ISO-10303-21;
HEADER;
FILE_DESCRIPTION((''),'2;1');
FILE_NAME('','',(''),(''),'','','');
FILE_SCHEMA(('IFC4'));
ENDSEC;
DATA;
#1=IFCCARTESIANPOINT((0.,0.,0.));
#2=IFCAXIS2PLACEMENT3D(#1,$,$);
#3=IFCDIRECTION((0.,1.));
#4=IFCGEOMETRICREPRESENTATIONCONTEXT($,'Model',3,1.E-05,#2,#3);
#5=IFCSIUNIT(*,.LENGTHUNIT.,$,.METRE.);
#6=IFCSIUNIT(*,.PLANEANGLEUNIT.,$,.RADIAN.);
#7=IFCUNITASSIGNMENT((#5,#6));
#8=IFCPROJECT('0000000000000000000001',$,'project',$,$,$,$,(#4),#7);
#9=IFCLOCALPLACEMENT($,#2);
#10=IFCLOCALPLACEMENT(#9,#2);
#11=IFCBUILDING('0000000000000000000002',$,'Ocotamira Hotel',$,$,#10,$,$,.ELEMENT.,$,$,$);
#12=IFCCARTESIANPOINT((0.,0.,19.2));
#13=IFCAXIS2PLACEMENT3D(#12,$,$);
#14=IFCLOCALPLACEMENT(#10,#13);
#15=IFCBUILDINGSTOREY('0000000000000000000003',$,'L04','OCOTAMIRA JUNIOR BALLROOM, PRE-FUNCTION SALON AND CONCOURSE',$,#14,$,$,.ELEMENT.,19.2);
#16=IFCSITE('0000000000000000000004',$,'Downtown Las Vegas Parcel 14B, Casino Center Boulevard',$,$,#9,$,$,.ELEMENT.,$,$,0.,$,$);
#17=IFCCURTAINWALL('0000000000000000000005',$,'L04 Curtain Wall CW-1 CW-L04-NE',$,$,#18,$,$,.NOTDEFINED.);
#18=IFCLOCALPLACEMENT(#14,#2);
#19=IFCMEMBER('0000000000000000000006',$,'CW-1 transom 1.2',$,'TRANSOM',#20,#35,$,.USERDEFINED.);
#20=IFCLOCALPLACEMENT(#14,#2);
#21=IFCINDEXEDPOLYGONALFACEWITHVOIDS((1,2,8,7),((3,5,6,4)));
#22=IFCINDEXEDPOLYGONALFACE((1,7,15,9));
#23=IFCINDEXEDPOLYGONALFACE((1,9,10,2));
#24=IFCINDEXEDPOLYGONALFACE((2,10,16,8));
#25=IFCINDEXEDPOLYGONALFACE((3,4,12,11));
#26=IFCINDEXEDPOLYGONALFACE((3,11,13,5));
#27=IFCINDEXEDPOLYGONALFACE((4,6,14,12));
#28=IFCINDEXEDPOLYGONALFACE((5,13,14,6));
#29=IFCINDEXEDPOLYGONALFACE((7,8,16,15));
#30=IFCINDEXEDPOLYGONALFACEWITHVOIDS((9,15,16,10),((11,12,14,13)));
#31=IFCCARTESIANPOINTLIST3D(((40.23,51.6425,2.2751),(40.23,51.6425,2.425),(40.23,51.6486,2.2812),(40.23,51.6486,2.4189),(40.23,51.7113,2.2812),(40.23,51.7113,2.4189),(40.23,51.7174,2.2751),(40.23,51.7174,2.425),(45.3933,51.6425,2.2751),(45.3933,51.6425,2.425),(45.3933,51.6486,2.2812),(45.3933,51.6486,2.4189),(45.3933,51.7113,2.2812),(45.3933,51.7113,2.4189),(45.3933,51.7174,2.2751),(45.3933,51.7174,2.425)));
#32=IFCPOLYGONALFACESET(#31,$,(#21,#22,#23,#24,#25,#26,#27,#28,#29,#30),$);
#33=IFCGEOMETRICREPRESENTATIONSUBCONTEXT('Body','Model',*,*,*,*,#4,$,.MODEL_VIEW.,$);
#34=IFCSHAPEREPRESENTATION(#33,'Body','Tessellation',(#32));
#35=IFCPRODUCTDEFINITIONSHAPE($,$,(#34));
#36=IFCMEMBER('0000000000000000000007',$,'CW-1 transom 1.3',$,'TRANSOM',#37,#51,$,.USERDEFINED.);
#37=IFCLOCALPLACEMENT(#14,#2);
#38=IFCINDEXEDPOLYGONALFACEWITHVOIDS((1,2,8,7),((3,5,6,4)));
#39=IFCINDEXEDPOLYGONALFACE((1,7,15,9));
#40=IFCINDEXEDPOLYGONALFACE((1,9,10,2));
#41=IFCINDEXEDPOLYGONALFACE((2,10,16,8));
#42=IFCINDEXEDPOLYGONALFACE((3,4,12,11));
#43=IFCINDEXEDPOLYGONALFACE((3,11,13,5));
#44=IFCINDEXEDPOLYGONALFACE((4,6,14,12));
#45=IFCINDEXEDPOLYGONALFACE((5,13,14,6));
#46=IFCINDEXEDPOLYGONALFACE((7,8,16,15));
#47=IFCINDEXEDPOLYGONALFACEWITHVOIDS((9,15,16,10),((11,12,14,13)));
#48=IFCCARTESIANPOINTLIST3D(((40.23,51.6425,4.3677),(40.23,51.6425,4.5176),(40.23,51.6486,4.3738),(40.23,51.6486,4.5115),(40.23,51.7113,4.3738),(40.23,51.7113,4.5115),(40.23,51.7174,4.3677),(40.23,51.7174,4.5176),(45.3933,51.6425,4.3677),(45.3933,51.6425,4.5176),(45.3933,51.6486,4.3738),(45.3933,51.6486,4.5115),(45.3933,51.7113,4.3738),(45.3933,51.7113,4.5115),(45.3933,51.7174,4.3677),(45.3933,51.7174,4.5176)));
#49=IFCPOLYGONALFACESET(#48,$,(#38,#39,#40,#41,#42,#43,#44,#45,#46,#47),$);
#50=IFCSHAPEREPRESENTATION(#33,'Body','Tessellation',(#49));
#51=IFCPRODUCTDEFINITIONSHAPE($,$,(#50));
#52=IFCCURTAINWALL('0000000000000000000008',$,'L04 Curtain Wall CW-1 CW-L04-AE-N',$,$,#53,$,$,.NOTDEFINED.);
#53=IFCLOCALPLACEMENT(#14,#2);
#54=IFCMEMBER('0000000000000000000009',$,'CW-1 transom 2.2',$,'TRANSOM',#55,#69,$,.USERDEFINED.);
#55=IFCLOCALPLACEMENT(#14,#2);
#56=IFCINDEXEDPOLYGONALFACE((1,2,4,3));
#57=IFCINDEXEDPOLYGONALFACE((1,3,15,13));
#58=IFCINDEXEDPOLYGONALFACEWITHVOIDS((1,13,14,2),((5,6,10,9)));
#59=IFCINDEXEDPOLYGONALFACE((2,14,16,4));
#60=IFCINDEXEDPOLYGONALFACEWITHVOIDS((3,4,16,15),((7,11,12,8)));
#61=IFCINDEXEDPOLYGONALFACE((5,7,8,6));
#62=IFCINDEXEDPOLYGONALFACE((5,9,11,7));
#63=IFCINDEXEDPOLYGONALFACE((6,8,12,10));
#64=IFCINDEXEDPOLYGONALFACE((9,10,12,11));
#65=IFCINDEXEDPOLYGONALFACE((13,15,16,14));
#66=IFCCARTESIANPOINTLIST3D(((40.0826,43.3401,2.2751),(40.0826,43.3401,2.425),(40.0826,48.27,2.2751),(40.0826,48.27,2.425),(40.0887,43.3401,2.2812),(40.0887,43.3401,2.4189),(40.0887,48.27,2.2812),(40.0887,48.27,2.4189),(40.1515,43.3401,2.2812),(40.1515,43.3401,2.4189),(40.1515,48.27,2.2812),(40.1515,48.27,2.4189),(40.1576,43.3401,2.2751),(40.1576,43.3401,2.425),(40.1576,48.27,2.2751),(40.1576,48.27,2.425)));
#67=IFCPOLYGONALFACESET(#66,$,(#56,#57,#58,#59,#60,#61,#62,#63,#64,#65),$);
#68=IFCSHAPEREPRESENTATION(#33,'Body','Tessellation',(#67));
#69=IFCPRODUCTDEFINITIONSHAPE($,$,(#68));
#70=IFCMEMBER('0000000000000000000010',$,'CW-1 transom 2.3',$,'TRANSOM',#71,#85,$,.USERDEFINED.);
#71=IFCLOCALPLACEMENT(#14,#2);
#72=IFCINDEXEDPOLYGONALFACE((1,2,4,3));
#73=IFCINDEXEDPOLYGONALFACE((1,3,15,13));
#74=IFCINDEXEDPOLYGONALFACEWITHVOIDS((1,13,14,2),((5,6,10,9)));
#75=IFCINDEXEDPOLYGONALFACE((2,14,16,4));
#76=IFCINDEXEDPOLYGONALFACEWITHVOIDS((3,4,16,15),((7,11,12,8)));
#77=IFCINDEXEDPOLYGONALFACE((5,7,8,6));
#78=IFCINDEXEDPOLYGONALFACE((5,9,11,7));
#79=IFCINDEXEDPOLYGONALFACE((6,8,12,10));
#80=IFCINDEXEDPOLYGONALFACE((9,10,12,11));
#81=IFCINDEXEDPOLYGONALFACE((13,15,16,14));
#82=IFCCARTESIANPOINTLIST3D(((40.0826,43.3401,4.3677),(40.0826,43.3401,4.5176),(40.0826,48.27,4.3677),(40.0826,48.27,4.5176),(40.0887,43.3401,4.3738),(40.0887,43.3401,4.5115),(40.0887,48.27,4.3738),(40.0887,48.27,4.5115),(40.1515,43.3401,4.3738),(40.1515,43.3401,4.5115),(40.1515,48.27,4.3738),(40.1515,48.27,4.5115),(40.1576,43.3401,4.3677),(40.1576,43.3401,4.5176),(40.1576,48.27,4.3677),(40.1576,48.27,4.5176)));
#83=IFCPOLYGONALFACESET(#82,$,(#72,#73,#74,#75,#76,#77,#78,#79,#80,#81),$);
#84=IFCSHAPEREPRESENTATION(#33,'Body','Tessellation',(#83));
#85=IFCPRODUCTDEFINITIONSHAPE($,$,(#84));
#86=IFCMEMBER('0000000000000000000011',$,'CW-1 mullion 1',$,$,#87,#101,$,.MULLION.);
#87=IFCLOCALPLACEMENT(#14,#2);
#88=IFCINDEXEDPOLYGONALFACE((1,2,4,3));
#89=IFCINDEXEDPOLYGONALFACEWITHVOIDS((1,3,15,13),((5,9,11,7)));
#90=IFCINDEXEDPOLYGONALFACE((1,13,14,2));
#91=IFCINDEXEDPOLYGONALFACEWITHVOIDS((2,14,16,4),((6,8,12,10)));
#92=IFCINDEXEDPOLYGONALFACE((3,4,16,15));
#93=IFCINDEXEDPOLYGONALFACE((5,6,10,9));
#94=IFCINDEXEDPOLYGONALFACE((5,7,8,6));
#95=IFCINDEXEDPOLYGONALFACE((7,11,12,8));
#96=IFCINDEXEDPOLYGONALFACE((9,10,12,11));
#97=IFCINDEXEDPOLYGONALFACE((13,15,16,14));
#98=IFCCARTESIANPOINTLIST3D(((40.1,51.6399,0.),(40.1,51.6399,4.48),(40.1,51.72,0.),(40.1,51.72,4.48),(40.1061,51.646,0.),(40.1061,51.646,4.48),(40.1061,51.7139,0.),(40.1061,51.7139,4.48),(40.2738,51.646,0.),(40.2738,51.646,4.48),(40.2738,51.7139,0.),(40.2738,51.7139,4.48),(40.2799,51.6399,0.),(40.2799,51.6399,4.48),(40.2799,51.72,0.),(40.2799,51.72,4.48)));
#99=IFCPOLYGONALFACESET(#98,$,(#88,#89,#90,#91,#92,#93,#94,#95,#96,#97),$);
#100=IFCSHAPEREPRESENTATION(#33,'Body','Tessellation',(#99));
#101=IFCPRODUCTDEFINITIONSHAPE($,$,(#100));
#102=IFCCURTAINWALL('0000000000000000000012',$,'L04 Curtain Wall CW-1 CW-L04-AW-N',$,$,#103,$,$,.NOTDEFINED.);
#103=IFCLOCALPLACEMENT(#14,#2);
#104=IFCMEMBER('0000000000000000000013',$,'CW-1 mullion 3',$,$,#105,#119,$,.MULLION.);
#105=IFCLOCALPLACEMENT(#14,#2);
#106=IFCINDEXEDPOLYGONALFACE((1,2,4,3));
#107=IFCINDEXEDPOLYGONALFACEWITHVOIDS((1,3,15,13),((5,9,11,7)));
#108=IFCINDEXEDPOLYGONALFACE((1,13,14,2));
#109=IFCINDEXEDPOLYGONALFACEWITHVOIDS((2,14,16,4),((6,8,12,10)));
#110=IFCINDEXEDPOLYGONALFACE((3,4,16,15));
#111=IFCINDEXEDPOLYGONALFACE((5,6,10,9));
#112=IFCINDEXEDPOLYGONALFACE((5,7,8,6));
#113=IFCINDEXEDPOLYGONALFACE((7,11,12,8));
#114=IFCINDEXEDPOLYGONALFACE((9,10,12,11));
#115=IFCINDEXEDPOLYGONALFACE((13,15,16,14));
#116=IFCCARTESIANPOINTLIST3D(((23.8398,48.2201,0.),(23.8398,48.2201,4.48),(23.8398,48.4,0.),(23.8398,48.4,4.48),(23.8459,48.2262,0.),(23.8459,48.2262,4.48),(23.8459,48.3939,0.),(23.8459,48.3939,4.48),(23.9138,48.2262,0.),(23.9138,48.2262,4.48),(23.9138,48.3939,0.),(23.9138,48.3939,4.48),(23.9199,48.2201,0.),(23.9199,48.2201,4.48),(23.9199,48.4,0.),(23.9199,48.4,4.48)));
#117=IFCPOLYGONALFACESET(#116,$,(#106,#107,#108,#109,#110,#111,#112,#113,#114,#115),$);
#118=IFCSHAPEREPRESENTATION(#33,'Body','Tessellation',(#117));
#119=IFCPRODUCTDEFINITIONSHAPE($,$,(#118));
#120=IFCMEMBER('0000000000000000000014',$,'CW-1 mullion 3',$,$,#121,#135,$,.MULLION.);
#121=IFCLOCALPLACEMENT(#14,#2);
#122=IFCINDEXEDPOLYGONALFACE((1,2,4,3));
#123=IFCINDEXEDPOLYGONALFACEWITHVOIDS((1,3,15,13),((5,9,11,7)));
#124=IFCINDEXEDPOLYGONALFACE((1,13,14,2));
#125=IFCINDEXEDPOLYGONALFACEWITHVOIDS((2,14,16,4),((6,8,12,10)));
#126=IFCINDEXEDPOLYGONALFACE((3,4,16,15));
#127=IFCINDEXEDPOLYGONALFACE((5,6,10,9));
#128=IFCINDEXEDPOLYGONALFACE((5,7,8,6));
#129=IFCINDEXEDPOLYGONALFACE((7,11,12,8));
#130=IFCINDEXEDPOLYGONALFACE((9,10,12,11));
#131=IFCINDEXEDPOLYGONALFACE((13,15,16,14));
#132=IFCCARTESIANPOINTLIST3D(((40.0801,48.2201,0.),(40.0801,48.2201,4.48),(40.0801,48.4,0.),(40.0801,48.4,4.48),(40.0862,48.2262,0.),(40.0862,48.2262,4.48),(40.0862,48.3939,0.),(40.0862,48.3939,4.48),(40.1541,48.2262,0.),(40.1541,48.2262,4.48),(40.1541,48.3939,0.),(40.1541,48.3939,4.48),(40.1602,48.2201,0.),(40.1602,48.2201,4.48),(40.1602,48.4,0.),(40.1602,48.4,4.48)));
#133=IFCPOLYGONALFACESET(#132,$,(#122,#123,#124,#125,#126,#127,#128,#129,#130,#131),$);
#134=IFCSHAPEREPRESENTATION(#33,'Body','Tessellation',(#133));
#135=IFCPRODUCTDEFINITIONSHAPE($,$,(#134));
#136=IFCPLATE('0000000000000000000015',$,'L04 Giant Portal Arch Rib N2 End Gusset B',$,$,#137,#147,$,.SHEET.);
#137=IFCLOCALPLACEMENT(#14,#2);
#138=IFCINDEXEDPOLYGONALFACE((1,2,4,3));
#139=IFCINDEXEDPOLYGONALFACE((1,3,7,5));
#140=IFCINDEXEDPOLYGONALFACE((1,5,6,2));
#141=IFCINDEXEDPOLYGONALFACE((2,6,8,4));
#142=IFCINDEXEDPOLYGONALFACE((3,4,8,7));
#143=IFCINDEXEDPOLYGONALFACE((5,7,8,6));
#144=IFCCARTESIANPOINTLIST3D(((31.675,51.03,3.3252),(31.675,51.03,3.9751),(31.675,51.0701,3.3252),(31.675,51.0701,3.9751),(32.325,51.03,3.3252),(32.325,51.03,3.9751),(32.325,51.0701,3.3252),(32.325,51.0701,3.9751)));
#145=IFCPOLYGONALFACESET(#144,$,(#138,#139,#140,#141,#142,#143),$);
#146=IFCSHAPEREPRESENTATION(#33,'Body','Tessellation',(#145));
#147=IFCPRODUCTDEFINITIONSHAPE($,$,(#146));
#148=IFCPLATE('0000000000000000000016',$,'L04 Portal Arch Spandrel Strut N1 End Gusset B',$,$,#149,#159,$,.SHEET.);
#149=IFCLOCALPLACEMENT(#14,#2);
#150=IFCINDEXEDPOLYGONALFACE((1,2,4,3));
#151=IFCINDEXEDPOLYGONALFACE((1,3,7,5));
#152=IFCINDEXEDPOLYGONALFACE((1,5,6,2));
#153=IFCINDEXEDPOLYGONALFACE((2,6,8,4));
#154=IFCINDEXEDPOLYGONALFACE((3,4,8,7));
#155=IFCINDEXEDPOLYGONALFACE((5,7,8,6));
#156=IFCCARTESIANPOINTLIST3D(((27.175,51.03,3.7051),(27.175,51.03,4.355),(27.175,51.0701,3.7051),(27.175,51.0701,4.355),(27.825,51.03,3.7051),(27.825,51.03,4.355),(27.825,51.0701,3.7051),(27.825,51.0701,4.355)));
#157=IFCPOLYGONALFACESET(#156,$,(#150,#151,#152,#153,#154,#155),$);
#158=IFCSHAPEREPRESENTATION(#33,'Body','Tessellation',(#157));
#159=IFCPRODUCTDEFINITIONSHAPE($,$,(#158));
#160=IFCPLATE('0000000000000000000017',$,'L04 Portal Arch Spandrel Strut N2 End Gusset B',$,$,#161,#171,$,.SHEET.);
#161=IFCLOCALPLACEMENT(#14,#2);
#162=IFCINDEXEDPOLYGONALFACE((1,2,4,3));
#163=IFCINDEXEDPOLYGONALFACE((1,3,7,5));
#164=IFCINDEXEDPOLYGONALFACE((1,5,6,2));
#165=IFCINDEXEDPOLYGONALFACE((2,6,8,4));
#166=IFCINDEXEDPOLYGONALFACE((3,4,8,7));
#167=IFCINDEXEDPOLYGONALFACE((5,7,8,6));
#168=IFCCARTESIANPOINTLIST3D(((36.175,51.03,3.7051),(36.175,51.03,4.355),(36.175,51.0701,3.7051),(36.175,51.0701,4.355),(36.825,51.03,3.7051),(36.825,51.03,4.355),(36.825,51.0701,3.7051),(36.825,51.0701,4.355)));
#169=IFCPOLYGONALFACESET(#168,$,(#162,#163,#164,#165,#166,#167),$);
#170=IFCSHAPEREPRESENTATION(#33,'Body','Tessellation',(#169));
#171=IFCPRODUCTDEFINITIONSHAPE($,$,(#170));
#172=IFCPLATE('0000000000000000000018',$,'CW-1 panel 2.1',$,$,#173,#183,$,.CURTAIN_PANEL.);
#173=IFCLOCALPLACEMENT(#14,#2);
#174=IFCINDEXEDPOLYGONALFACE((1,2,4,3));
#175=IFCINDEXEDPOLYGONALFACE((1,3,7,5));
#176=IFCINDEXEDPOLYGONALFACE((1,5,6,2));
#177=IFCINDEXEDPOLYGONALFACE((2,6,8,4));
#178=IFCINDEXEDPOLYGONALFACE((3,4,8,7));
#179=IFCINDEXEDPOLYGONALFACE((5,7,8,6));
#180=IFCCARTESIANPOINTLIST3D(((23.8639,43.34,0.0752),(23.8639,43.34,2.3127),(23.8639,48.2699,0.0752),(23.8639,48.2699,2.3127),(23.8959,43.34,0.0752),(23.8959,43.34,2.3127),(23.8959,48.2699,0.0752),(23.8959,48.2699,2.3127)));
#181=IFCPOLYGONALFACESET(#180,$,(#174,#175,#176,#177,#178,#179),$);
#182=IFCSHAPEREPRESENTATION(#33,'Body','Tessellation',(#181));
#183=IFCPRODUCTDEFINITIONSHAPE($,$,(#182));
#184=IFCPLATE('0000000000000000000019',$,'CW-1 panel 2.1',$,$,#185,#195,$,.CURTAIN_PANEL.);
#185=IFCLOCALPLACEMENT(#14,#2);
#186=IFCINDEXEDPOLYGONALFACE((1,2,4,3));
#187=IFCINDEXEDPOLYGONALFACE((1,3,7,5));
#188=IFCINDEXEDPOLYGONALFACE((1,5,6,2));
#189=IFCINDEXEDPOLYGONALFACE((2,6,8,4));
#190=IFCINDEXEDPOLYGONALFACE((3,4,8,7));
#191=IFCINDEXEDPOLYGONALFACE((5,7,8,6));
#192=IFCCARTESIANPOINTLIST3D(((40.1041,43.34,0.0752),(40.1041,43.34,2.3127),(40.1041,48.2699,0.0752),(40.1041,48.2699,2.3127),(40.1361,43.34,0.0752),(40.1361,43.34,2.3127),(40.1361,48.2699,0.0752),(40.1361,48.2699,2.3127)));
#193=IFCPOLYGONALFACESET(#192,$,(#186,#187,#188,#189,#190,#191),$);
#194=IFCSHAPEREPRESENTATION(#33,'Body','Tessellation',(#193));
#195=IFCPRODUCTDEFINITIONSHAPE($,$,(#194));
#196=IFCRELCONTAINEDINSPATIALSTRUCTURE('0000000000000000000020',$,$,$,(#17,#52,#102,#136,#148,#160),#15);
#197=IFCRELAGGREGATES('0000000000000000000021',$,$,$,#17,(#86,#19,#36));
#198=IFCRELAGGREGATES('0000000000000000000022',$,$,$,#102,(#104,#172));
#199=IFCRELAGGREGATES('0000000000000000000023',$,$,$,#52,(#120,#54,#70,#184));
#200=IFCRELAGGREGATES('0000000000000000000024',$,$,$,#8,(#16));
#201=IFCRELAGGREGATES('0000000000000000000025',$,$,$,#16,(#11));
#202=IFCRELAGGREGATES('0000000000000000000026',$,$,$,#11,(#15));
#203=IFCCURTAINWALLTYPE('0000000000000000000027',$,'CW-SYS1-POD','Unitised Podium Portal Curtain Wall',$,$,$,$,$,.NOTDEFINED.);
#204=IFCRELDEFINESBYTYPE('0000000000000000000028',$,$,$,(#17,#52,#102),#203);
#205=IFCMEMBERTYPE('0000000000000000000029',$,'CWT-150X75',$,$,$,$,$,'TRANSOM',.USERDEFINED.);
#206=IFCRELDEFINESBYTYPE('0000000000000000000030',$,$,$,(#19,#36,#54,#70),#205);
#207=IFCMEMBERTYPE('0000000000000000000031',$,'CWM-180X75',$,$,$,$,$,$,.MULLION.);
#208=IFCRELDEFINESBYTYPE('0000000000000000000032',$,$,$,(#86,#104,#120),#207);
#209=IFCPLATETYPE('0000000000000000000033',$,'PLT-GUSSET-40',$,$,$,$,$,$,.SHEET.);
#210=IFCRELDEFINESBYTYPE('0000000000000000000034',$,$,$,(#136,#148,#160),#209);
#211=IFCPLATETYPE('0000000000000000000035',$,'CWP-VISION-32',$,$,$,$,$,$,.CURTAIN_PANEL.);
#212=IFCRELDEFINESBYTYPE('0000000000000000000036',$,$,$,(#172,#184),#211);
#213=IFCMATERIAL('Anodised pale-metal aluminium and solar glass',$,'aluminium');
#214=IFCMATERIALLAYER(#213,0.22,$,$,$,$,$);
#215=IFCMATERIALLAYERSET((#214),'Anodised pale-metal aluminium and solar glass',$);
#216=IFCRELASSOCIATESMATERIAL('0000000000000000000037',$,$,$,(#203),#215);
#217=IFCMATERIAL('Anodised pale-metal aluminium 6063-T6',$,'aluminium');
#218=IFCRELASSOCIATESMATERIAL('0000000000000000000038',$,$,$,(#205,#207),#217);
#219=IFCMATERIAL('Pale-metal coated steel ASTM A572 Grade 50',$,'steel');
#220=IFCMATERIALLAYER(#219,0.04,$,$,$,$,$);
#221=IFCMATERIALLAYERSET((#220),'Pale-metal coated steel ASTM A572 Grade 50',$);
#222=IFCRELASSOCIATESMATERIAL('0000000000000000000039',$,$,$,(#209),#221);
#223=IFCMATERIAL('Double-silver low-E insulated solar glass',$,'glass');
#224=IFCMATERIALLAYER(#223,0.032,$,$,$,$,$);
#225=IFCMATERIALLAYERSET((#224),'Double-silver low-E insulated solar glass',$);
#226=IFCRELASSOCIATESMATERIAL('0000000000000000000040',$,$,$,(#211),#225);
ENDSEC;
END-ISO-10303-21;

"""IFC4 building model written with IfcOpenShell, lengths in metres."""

from ifc_helpers import new_model, si_unit, direction, frame, origin, origin_2d, place, context, subcontext, project, spatial, rectangle, hollow_rectangle, extrude, source, transform, mapped, material, layer, layer_set, material_profile, profile_set, type_object, element, aggregate, save


model = new_model("IFC4")

# Units and contexts
model_context = context("Model", 3, precision=1e-05, world=origin(), true_north=direction((0.0, 1.0)))
body_context = subcontext(model_context, "Body", "Model", "MODEL_VIEW")
ifc_project = project(units=[si_unit("LENGTHUNIT", "METRE"), si_unit("PLANEANGLEUNIT", "RADIAN")], contexts=[model_context])

# Site, building, storey
site_placement = place(None, origin())
site = spatial("IfcSite", under=ifc_project, at=site_placement, Name="Downtown Las Vegas Parcel 14B, Casino Center Boulevard", CompositionType="ELEMENT", RefElevation=0.0)
building_placement = place(site_placement, origin())
building = spatial("IfcBuilding", under=site, at=building_placement, Name="Ocotamira Hotel", CompositionType="ELEMENT")
storey_placement = place(building_placement, frame((0.0, 0.0, 19.2)))
storey = spatial("IfcBuildingStorey", under=building, at=storey_placement, Name="L04", Description="OCOTAMIRA JUNIOR BALLROOM, PRE-FUNCTION SALON AND CONCOURSE", CompositionType="ELEMENT", Elevation=19.2)

# Curtain walls, members
ifc_material_1 = material(Name="Anodised pale-metal aluminium and solar glass", Category="aluminium")
ifc_layer_1 = layer(ifc_material_1, 0.22)
ifc_layer_set_1 = layer_set([ifc_layer_1], Name="Anodised pale-metal aluminium and solar glass")
curtain_wall_type = type_object("IfcCurtainWallType", Name="CW-SYS1-POD", Description="Unitised Podium Portal Curtain Wall", PredefinedType="NOTDEFINED", material=ifc_layer_set_1)
curtain_wall_1_placement = place(storey_placement, origin())
curtain_wall_1 = element("IfcCurtainWall", 1, at=curtain_wall_1_placement, inside=storey, type_object=curtain_wall_type, Name="L04 Curtain Wall CW-1 CW-L04-NE", PredefinedType="NOTDEFINED")
ifc_material_2 = material(Name="Anodised pale-metal aluminium 6063-T6", Category="aluminium")
ifc_material_profile_1 = material_profile(ifc_material_2, hollow_rectangle(XDim=0.075, YDim=0.1499, WallThickness=0.0061, at=origin_2d()), Name="HSS150X75X6")
ifc_profile_set_1 = profile_set([ifc_material_profile_1], Name="Anodised pale-metal aluminium 6063-T6")
member_type_1 = type_object("IfcMemberType", Name="CWT-150X75", ElementType="TRANSOM", PredefinedType="USERDEFINED", material=ifc_profile_set_1)
shared_shape_1 = source(origin(), body_context, "Body", "SweptSolid", [
    extrude(hollow_rectangle(XDim=0.075, YDim=0.1499, WallThickness=0.0061, at=origin_2d()), origin(), (0.0, 0.0, 1.0), 5.1633),
])
member_1_placement = place(storey_placement, frame((40.23, 51.6799, 2.3501), z_axis=(1.0, 0.0, 0.0), x_axis=(0.0, 1.0, 0.0)))
member_1 = element("IfcMember", 2, at=member_1_placement, type_object=member_type_1, Name="CW-1 transom 1.2", ObjectType="TRANSOM", PredefinedType="USERDEFINED", context=body_context, shape_type="MappedRepresentation", body=[
    mapped(shared_shape_1, transform((0.0, 0.0, 0.0), scale=1.0)),
])
member_2_placement = place(storey_placement, frame((40.23, 51.6799, 4.4426), z_axis=(1.0, 0.0, 0.0), x_axis=(0.0, 1.0, 0.0)))
member_2 = element("IfcMember", 3, at=member_2_placement, type_object=member_type_1, Name="CW-1 transom 1.3", ObjectType="TRANSOM", PredefinedType="USERDEFINED", context=body_context, shape_type="MappedRepresentation", body=[
    mapped(shared_shape_1, transform((0.0, 0.0, 0.0), scale=1.0)),
])
curtain_wall_2_placement = place(storey_placement, origin())
curtain_wall_2 = element("IfcCurtainWall", 4, at=curtain_wall_2_placement, inside=storey, type_object=curtain_wall_type, Name="L04 Curtain Wall CW-1 CW-L04-AE-N", PredefinedType="NOTDEFINED")
shared_shape_2 = source(origin(), body_context, "Body", "SweptSolid", [
    extrude(hollow_rectangle(XDim=0.075, YDim=0.1499, WallThickness=0.0061, at=origin_2d()), origin(), (0.0, 0.0, 1.0), 4.9299),
])
member_3_placement = place(storey_placement, frame((40.1201, 43.3401, 2.3501), z_axis=(0.0, 1.0, 0.0), x_axis=(-1.0, 0.0, 0.0)))
member_3 = element("IfcMember", 5, at=member_3_placement, type_object=member_type_1, Name="CW-1 transom 2.2", ObjectType="TRANSOM", PredefinedType="USERDEFINED", context=body_context, shape_type="MappedRepresentation", body=[
    mapped(shared_shape_2, transform((0.0, 0.0, 0.0), scale=1.0)),
])
member_4_placement = place(storey_placement, frame((40.1201, 43.3401, 4.4426), z_axis=(0.0, 1.0, 0.0), x_axis=(-1.0, 0.0, 0.0)))
member_4 = element("IfcMember", 6, at=member_4_placement, type_object=member_type_1, Name="CW-1 transom 2.3", ObjectType="TRANSOM", PredefinedType="USERDEFINED", context=body_context, shape_type="MappedRepresentation", body=[
    mapped(shared_shape_2, transform((0.0, 0.0, 0.0), scale=1.0)),
])

# Member
ifc_material_profile_2 = material_profile(ifc_material_2, hollow_rectangle(XDim=0.0801, YDim=0.1799, WallThickness=0.0061, at=origin_2d()), Name="HSS180X80X6")
ifc_profile_set_2 = profile_set([ifc_material_profile_2], Name="Anodised pale-metal aluminium 6063-T6")
member_type_2 = type_object("IfcMemberType", Name="CWM-180X75", PredefinedType="MULLION", material=ifc_profile_set_2)
shared_shape_3 = source(origin(), body_context, "Body", "SweptSolid", [
    extrude(hollow_rectangle(XDim=0.0801, YDim=0.1799, WallThickness=0.0061, at=origin_2d()), origin(), (0.0, 0.0, 1.0), 4.48),
])
member_5_placement = place(storey_placement, frame((40.1899, 51.6799, 0.0), z_axis=(0.0, 0.0, 1.0), x_axis=(0.0, 1.0, 0.0)))
member_5 = element("IfcMember", 7, at=member_5_placement, type_object=member_type_2, Name="CW-1 mullion 1", PredefinedType="MULLION", context=body_context, shape_type="MappedRepresentation", body=[
    mapped(shared_shape_3, transform((0.0, 0.0, 0.0), scale=1.0)),
])
aggregate(curtain_wall_1, [member_5, member_1, member_2])

# Curtain wall, member
curtain_wall_3_placement = place(storey_placement, origin())
curtain_wall_3 = element("IfcCurtainWall", 8, at=curtain_wall_3_placement, inside=storey, type_object=curtain_wall_type, Name="L04 Curtain Wall CW-1 CW-L04-AW-N", PredefinedType="NOTDEFINED")
member_6_placement = place(storey_placement, frame((23.8799, 48.3101, 0.0), z_axis=(0.0, 0.0, 1.0), x_axis=(-1.0, 0.0, 0.0)))
member_6 = element("IfcMember", 9, at=member_6_placement, type_object=member_type_2, Name="CW-1 mullion 3", PredefinedType="MULLION", context=body_context, shape_type="MappedRepresentation", body=[
    mapped(shared_shape_3, transform((0.0, 0.0, 0.0), scale=1.0)),
])

# Member
member_7_placement = place(storey_placement, frame((40.1201, 48.3101, 0.0), z_axis=(0.0, 0.0, 1.0), x_axis=(-1.0, 0.0, 0.0)))
member_7 = element("IfcMember", 10, at=member_7_placement, type_object=member_type_2, Name="CW-1 mullion 3", PredefinedType="MULLION", context=body_context, shape_type="MappedRepresentation", body=[
    mapped(shared_shape_3, transform((0.0, 0.0, 0.0), scale=1.0)),
])

# Plates
ifc_material_3 = material(Name="Pale-metal coated steel ASTM A572 Grade 50", Category="steel")
ifc_layer_2 = layer(ifc_material_3, 0.04)
ifc_layer_set_2 = layer_set([ifc_layer_2], Name="Pale-metal coated steel ASTM A572 Grade 50")
plate_type_1 = type_object("IfcPlateType", Name="PLT-GUSSET-40", PredefinedType="SHEET", material=ifc_layer_set_2)
shared_shape_4 = source(origin(), body_context, "Body", "SweptSolid", [
    extrude(rectangle(XDim=0.6499, YDim=0.04, at=origin_2d()), origin(), (0.0, 0.0, 1.0), 0.6499),
])
for number, where, z_axis, x_axis, name in (
    (11, (32.0, 51.05, 3.3252), (0.0, 0.0, 1.0), (1.0, 0.0, 0.0), "L04 Giant Portal Arch Rib N2 End Gusset B"),
    (12, (27.5, 51.05, 3.7051), (0.0, 0.0, 1.0), (1.0, 0.0, 0.0), "L04 Portal Arch Spandrel Strut N1 End Gusset B"),
    (13, (36.5, 51.05, 3.7051), (0.0, 0.0, 1.0), (1.0, 0.0, 0.0), "L04 Portal Arch Spandrel Strut N2 End Gusset B"),
):
    element("IfcPlate", number, at=place(storey_placement, frame(where, z_axis=z_axis, x_axis=x_axis)), inside=storey, type_object=plate_type_1, Name=name, PredefinedType="SHEET", context=body_context, shape_type="MappedRepresentation", body=[
        mapped(shared_shape_4, transform((0.0, 0.0, 0.0), scale=1.0)),
    ])

# Plates
ifc_material_4 = material(Name="Double-silver low-E insulated solar glass", Category="glass")
ifc_layer_3 = layer(ifc_material_4, 0.032)
ifc_layer_set_3 = layer_set([ifc_layer_3], Name="Double-silver low-E insulated solar glass")
plate_type_2 = type_object("IfcPlateType", Name="CWP-VISION-32", PredefinedType="CURTAIN_PANEL", material=ifc_layer_set_3)
shared_shape_5 = source(origin(), body_context, "Body", "SweptSolid", [
    extrude(rectangle(XDim=4.9299, YDim=0.032, at=origin_2d()), origin(), (0.0, 0.0, 1.0), 2.2375),
])
plate_1_placement = place(storey_placement, frame((23.8799, 45.8049, 0.0752), z_axis=(0.0, 0.0, 1.0), x_axis=(0.0, 1.0, 0.0)))
plate_1 = element("IfcPlate", 14, at=plate_1_placement, type_object=plate_type_2, Name="CW-1 panel 2.1", PredefinedType="CURTAIN_PANEL", context=body_context, shape_type="MappedRepresentation", body=[
    mapped(shared_shape_5, transform((0.0, 0.0, 0.0), scale=1.0)),
])
plate_2_placement = place(storey_placement, frame((40.1201, 45.8049, 0.0752), z_axis=(0.0, 0.0, 1.0), x_axis=(0.0, 1.0, 0.0)))
plate_2 = element("IfcPlate", 15, at=plate_2_placement, type_object=plate_type_2, Name="CW-1 panel 2.1", PredefinedType="CURTAIN_PANEL", context=body_context, shape_type="MappedRepresentation", body=[
    mapped(shared_shape_5, transform((0.0, 0.0, 0.0), scale=1.0)),
])
aggregate(curtain_wall_3, [member_6, plate_1])
aggregate(curtain_wall_2, [member_7, member_3, member_4, plate_2])

save(model, "model.ifc")
